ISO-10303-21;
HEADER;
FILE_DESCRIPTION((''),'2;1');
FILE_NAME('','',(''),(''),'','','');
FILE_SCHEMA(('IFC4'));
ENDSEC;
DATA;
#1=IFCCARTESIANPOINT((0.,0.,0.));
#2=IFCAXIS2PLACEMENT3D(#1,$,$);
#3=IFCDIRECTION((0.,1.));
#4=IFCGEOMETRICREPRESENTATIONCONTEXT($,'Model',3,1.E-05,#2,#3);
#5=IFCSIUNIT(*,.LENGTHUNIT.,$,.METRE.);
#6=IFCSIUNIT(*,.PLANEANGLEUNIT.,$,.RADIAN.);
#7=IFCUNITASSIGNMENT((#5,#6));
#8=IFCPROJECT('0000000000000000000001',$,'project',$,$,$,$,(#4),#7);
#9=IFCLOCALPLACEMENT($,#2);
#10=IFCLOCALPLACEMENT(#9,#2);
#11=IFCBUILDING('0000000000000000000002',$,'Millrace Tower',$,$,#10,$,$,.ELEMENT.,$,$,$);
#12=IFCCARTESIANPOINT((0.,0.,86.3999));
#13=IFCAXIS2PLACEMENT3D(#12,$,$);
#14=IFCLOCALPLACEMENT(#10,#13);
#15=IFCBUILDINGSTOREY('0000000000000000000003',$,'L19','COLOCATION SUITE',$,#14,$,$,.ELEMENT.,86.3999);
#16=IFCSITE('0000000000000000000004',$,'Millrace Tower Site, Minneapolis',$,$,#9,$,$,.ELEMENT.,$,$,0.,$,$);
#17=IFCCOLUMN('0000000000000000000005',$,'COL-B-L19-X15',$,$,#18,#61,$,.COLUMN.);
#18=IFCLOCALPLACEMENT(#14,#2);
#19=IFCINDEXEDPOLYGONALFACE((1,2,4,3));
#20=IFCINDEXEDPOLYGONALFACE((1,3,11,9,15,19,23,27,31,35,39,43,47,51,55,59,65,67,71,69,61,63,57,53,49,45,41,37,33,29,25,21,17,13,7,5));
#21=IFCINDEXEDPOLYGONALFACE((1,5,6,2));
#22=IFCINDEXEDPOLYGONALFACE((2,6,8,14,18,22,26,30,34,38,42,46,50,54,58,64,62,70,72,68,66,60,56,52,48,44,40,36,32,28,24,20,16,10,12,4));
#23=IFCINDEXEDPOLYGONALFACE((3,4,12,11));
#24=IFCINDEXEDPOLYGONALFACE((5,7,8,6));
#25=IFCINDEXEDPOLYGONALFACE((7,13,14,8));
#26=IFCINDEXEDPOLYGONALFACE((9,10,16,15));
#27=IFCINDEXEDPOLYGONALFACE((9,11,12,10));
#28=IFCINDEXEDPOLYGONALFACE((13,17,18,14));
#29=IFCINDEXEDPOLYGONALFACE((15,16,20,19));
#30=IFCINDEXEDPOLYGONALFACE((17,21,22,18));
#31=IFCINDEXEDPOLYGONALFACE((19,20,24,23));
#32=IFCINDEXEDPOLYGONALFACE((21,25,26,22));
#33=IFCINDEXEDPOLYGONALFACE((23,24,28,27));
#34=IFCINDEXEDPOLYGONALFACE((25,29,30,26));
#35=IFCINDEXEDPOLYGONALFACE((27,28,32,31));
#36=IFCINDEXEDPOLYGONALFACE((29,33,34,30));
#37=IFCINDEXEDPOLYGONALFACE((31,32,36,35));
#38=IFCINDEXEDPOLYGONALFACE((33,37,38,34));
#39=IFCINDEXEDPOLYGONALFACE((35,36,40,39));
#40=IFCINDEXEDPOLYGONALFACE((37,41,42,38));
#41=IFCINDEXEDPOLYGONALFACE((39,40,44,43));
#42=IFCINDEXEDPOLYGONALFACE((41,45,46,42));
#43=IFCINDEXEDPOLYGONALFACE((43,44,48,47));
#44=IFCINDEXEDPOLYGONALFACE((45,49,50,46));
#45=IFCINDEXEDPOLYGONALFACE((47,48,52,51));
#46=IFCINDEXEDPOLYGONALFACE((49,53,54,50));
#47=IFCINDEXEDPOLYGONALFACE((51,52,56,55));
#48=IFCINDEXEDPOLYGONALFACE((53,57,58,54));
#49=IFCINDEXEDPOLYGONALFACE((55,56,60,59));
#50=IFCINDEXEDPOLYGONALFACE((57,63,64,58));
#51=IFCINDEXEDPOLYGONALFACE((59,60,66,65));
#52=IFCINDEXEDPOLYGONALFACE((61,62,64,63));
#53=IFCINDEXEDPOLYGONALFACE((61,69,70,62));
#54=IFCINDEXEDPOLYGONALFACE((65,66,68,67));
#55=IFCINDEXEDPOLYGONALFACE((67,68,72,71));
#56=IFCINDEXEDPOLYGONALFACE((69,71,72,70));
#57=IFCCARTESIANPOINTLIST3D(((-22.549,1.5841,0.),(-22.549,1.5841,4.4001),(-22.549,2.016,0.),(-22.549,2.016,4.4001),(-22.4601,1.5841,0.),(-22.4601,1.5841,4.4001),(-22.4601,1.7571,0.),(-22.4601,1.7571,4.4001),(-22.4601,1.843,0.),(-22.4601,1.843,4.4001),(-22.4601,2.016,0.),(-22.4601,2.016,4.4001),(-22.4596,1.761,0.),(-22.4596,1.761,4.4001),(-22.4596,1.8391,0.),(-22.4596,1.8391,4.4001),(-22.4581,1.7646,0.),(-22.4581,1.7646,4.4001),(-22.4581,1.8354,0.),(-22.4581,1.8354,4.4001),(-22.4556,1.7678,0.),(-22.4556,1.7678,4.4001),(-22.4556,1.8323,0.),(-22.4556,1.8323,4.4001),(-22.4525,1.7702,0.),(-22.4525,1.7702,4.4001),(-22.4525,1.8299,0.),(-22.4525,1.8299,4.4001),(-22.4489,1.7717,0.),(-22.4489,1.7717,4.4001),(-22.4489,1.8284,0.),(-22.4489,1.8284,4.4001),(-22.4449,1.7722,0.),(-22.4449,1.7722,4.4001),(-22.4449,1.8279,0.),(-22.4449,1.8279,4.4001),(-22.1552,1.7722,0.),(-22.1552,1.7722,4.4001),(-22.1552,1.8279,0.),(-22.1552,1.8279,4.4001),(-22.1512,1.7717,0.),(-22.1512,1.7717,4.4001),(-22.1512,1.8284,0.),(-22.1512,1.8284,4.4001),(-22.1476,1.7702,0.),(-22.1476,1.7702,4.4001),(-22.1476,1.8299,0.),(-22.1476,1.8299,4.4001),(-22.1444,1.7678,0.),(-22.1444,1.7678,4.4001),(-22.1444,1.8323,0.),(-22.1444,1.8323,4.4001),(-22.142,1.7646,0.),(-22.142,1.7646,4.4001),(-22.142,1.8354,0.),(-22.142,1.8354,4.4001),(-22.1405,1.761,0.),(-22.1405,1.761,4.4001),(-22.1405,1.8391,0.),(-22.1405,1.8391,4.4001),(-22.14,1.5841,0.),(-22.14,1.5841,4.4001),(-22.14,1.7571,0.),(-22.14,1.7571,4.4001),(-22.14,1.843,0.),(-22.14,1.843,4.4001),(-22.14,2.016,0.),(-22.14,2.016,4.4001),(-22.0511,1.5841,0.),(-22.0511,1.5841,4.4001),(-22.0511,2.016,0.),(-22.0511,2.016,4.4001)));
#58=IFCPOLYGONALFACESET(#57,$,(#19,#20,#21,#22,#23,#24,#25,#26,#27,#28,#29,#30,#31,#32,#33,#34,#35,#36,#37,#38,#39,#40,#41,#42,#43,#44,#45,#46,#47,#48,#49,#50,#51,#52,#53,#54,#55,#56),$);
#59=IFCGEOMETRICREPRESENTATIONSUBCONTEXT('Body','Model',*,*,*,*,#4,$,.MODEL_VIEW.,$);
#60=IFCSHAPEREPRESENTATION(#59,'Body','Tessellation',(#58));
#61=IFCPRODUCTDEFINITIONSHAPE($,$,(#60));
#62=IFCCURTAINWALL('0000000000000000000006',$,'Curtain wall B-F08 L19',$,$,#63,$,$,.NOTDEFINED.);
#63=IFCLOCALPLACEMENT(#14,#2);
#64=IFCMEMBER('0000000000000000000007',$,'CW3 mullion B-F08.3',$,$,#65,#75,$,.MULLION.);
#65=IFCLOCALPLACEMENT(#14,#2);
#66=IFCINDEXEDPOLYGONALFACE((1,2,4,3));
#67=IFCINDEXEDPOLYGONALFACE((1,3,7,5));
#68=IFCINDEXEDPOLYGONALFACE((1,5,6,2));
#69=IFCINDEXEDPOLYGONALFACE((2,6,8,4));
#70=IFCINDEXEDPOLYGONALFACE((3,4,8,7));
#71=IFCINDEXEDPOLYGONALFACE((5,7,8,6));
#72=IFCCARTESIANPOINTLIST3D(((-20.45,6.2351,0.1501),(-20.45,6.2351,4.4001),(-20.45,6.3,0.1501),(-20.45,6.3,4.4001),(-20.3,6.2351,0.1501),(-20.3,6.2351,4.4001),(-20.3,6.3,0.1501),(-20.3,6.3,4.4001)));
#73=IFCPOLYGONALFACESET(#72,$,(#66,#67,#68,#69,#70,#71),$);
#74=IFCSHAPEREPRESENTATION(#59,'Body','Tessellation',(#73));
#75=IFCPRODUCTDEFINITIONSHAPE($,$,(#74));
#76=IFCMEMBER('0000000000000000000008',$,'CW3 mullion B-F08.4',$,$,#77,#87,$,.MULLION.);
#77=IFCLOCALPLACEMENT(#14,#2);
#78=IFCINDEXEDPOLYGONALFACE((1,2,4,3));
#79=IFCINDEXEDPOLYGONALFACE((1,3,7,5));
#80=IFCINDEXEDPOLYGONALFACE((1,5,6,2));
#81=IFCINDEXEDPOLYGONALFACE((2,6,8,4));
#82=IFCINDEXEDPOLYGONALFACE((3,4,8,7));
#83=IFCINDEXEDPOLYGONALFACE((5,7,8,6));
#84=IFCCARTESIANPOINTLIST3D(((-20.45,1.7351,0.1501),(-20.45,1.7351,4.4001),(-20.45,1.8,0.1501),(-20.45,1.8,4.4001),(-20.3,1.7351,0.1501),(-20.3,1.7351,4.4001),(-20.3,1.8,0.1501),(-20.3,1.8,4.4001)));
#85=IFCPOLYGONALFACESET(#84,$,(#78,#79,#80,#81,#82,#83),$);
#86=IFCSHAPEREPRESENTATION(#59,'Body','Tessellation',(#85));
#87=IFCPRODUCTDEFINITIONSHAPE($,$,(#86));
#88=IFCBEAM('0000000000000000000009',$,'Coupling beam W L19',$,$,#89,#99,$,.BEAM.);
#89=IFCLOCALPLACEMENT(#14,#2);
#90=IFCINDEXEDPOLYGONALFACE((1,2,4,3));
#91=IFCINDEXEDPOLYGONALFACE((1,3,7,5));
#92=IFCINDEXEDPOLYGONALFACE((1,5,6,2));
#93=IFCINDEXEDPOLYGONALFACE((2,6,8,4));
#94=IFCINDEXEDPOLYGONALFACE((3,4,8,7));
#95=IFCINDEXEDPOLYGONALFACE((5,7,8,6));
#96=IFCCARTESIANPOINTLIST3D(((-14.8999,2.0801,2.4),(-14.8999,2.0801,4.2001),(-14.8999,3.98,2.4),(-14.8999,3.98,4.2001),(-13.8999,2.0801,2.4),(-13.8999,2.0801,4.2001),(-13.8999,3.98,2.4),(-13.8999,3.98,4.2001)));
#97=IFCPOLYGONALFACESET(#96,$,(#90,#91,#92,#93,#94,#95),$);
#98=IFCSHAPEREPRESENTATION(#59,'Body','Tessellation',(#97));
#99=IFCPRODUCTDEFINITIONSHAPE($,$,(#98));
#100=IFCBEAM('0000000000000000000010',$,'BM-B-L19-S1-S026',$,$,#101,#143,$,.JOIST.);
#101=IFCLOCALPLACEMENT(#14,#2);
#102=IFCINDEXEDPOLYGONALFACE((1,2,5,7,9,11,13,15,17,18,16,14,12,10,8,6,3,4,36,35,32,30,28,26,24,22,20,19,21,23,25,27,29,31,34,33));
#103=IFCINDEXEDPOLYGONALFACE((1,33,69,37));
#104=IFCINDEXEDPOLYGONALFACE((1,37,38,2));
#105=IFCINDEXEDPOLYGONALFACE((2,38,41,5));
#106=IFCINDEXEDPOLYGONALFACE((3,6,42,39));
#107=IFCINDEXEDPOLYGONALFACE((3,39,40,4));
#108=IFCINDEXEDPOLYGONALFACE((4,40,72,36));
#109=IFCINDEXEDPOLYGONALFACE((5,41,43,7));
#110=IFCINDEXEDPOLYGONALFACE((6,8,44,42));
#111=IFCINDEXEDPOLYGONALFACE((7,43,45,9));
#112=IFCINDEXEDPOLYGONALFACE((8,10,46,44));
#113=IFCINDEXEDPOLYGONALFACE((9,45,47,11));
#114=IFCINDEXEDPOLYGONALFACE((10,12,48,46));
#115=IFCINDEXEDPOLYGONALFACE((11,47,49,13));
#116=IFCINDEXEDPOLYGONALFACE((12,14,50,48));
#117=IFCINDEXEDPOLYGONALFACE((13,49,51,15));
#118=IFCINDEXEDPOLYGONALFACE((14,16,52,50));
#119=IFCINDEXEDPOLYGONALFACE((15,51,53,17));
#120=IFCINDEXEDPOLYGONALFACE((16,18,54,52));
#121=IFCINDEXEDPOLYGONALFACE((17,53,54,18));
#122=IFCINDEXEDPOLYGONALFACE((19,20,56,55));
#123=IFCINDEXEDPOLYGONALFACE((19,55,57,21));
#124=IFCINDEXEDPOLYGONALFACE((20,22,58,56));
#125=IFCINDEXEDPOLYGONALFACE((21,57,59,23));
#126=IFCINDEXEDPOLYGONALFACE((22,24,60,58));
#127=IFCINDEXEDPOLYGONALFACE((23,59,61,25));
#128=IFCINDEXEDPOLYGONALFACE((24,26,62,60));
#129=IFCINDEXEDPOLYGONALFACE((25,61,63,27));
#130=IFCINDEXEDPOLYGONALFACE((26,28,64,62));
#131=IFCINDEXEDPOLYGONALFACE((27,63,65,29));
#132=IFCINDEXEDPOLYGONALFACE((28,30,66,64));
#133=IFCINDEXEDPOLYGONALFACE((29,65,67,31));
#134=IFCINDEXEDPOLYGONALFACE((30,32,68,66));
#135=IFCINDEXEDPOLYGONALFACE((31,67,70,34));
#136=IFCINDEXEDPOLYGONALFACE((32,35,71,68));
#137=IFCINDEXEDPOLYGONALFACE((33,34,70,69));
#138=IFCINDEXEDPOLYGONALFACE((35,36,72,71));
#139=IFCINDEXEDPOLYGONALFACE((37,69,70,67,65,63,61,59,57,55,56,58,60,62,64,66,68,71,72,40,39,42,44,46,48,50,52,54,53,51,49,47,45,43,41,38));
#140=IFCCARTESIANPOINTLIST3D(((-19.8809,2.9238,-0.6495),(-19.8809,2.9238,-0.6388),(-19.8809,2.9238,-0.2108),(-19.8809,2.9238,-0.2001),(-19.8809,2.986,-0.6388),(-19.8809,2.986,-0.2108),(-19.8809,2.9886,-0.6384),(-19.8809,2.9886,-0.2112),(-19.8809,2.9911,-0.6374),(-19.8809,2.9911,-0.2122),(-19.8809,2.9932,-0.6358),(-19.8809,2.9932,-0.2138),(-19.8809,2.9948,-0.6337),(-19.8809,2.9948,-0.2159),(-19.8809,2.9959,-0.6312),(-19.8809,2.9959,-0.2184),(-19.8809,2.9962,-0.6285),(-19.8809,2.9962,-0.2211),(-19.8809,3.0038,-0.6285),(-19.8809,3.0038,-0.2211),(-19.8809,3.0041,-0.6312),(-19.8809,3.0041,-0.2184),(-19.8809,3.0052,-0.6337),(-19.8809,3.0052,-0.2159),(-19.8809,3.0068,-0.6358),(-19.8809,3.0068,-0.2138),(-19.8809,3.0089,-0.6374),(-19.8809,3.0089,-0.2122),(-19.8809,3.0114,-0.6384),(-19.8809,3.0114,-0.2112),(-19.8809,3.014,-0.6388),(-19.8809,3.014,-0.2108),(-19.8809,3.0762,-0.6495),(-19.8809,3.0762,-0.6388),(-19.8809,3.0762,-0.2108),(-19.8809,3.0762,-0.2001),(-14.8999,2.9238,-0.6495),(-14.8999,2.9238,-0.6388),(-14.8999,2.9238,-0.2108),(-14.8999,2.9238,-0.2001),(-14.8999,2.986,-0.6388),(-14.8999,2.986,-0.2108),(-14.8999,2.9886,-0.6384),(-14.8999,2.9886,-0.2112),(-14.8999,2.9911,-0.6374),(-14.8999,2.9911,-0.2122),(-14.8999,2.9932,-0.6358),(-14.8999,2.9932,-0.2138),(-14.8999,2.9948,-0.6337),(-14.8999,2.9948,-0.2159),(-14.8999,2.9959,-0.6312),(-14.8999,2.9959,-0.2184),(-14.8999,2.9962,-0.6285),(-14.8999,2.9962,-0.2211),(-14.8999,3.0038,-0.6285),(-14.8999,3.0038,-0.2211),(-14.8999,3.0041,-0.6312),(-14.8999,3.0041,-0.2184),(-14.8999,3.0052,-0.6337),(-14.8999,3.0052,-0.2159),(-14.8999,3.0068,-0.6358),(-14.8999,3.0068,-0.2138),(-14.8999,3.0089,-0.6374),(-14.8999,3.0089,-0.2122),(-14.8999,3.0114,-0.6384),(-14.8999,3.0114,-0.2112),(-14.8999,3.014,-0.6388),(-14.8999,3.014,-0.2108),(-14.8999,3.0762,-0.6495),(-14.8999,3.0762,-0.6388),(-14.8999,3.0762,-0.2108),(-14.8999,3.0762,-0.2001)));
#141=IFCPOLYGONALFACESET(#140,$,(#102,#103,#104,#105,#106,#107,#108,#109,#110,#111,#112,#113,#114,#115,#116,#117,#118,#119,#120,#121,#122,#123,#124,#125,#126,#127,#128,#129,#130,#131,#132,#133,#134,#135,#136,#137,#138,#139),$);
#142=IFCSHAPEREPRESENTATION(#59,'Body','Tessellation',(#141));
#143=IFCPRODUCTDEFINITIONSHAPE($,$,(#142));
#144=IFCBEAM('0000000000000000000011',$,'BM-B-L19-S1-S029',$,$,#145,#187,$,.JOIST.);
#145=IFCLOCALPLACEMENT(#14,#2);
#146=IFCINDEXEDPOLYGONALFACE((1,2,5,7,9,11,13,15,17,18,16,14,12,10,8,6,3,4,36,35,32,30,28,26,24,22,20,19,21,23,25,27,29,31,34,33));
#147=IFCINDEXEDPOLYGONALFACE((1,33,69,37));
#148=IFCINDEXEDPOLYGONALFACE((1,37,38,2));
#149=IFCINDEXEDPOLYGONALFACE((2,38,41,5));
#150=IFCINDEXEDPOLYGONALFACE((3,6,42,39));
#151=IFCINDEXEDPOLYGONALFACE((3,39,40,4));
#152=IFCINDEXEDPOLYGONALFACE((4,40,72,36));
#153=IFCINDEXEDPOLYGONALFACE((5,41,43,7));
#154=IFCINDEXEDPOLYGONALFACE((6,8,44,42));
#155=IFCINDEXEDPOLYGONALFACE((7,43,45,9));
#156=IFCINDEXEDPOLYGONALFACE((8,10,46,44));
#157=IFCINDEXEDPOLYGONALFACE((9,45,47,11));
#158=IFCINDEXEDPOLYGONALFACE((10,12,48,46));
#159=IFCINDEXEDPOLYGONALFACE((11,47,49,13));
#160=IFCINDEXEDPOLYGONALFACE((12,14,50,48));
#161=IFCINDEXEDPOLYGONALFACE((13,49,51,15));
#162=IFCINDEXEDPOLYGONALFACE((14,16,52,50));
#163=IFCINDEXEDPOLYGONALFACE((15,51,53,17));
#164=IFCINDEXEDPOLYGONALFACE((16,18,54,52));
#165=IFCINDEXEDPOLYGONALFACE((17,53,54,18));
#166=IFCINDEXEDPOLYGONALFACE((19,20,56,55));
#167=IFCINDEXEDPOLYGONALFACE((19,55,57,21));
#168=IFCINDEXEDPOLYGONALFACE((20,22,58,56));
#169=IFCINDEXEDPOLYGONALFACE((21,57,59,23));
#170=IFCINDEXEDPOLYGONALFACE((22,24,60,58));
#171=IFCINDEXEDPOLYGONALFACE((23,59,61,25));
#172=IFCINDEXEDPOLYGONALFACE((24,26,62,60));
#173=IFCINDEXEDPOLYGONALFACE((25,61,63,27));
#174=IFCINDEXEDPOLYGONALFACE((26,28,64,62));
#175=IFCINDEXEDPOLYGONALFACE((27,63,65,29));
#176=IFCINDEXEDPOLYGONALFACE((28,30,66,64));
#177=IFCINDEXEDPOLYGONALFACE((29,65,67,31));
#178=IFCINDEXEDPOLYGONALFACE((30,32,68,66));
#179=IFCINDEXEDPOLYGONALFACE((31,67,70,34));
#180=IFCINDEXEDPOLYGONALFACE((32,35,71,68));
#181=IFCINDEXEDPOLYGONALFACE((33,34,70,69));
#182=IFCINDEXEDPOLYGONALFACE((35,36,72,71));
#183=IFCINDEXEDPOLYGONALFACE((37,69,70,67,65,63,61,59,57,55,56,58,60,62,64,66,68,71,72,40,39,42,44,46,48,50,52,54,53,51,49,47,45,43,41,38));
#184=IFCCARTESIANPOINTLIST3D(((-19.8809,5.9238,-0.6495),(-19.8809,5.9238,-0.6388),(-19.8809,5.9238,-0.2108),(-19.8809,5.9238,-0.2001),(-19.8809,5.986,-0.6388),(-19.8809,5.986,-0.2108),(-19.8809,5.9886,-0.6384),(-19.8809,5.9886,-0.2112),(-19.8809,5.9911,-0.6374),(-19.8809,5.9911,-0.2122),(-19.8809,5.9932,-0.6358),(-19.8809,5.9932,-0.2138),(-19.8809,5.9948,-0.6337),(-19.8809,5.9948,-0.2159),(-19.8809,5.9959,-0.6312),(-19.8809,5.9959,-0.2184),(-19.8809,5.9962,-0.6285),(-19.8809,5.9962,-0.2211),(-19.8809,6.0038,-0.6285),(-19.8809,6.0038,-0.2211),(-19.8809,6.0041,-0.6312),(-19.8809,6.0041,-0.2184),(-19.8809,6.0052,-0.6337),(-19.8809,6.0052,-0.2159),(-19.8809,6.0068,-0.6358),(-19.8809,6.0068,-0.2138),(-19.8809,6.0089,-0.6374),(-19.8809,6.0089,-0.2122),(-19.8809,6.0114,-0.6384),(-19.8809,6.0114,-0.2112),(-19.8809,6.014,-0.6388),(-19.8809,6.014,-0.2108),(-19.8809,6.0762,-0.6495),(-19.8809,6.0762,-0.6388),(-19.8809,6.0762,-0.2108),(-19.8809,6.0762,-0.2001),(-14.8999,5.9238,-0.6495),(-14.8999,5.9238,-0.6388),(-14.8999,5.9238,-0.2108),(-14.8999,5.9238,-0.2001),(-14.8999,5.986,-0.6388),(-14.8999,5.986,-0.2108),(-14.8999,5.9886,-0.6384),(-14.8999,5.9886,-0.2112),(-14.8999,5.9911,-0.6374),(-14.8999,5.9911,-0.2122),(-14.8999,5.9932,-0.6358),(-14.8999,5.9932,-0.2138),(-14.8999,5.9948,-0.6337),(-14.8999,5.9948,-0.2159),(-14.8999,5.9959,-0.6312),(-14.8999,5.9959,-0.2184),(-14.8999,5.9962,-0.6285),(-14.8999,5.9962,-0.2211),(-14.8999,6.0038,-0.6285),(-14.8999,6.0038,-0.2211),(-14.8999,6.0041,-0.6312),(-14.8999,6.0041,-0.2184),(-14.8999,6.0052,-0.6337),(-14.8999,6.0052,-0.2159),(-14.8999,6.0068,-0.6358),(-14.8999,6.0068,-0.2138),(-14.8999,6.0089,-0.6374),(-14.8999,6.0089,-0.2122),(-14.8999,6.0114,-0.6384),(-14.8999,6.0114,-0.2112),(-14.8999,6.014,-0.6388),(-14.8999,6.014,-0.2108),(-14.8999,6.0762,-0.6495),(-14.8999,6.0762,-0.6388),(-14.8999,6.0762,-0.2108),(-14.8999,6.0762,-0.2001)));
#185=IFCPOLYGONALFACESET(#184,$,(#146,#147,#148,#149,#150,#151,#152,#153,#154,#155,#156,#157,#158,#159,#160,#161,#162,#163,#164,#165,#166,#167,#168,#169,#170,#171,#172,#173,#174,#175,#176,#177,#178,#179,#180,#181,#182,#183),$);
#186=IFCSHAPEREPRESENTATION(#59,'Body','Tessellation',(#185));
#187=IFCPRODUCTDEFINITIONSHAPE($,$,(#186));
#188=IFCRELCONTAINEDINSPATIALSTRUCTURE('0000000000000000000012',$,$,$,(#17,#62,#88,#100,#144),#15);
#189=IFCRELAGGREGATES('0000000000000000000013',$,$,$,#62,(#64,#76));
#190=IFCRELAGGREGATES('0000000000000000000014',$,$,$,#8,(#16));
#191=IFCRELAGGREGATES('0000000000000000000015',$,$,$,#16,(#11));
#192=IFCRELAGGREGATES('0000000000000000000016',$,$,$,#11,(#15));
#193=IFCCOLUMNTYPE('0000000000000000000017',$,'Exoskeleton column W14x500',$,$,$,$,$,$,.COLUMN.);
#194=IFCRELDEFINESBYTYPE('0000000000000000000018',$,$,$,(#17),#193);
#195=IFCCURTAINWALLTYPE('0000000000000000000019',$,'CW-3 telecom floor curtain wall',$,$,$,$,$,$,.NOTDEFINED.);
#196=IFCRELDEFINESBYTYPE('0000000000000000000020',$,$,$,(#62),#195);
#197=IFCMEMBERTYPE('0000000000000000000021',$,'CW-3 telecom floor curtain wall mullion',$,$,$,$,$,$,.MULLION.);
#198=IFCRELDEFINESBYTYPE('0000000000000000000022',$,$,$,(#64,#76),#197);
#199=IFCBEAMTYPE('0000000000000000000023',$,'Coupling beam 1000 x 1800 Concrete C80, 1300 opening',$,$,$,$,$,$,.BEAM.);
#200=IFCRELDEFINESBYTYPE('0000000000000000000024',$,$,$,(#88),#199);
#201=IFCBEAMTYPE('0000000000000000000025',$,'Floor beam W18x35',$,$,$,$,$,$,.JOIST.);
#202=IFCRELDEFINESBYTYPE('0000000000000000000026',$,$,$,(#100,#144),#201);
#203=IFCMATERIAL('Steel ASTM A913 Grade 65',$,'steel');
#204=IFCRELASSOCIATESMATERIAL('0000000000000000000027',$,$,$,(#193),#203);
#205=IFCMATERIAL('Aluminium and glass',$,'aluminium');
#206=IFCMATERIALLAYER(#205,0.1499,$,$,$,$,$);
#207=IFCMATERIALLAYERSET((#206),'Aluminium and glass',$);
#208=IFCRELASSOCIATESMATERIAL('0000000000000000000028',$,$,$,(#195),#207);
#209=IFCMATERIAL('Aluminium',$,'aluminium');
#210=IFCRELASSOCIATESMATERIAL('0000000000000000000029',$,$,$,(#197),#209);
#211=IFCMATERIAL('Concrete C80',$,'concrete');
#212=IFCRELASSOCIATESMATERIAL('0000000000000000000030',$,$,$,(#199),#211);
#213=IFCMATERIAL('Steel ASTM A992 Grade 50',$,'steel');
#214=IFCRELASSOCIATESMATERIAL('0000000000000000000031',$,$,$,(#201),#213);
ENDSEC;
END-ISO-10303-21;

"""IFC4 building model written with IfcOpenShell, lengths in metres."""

from ifc_helpers import new_model, si_unit, direction, frame, origin, origin_2d, place, context, subcontext, project, spatial, rectangle, i_section, extrude, material, layer, layer_set, material_profile, profile_set, type_object, element, aggregate, save


model = new_model("IFC4")

# Units and contexts
model_context = context("Model", 3, precision=1e-05, world=origin(), true_north=direction((0.0, 1.0)))
body_context = subcontext(model_context, "Body", "Model", "MODEL_VIEW")
ifc_project = project(units=[si_unit("LENGTHUNIT", "METRE"), si_unit("PLANEANGLEUNIT", "RADIAN")], contexts=[model_context])

# Site, building, storey
site_placement = place(None, origin())
site = spatial("IfcSite", under=ifc_project, at=site_placement, Name="Millrace Tower Site, Minneapolis", CompositionType="ELEMENT", RefElevation=0.0)
building_placement = place(site_placement, origin())
building = spatial("IfcBuilding", under=site, at=building_placement, Name="Millrace Tower", CompositionType="ELEMENT")
storey_placement = place(building_placement, frame((0.0, 0.0, 86.3999)))
storey = spatial("IfcBuildingStorey", under=building, at=storey_placement, Name="L19", Description="COLOCATION SUITE", CompositionType="ELEMENT", Elevation=86.3999)

# Column
ifc_material_1 = material(Name="Steel ASTM A913 Grade 65", Category="steel")
ifc_material_profile_1 = material_profile(ifc_material_1, i_section(OverallWidth=0.4319, OverallDepth=0.4978, WebThickness=0.0557, FlangeThickness=0.0889, FilletRadius=0.0151, at=origin_2d()))
ifc_profile_set_1 = profile_set([ifc_material_profile_1], Name="Steel ASTM A913 Grade 65")
column_type = type_object("IfcColumnType", Name="Exoskeleton column W14x500", PredefinedType="COLUMN", material=ifc_profile_set_1)
column_placement = place(storey_placement, frame((-22.3, 1.8, 0.0), z_axis=(0.0, 0.0, 1.0), x_axis=(0.0, -1.0, 0.0)))
element("IfcColumn", 1, at=column_placement, inside=storey, type_object=column_type, Name="COL-B-L19-X15", PredefinedType="COLUMN", context=body_context, shape_type="SweptSolid", body=[
    extrude(i_section(OverallWidth=0.4319, OverallDepth=0.4978, WebThickness=0.0557, FlangeThickness=0.0889, FilletRadius=0.0151, at=origin_2d()), origin(), (0.0, 0.0, 1.0), 4.4001),
])

# Curtain wall, members
ifc_material_2 = material(Name="Aluminium and glass", Category="aluminium")
ifc_layer_1 = layer(ifc_material_2, 0.1499)
ifc_layer_set_1 = layer_set([ifc_layer_1], Name="Aluminium and glass")
curtain_wall_type = type_object("IfcCurtainWallType", Name="CW-3 telecom floor curtain wall", PredefinedType="NOTDEFINED", material=ifc_layer_set_1)
placement = place(storey_placement, origin())
curtain_wall = element("IfcCurtainWall", 2, at=placement, inside=storey, type_object=curtain_wall_type, Name="Curtain wall B-F08 L19", PredefinedType="NOTDEFINED")
ifc_material_3 = material(Name="Aluminium", Category="aluminium")
ifc_material_profile_2 = material_profile(ifc_material_3, rectangle(XDim=0.0649, YDim=0.1499, at=origin_2d()))
ifc_profile_set_2 = profile_set([ifc_material_profile_2], Name="Aluminium")
member_type = type_object("IfcMemberType", Name="CW-3 telecom floor curtain wall mullion", PredefinedType="MULLION", material=ifc_profile_set_2)
member_1_placement = place(storey_placement, frame((-20.375, 6.2676, 0.1501), z_axis=(0.0, 0.0, 1.0), x_axis=(0.0, -1.0, 0.0)))
member_1 = element("IfcMember", 3, at=member_1_placement, type_object=member_type, Name="CW3 mullion B-F08.3", PredefinedType="MULLION", context=body_context, shape_type="SweptSolid", body=[
    extrude(rectangle(XDim=0.0649, YDim=0.1499, at=origin_2d()), origin(), (0.0, 0.0, 1.0), 4.25),
])
member_2_placement = place(storey_placement, frame((-20.375, 1.7676, 0.1501), z_axis=(0.0, 0.0, 1.0), x_axis=(0.0, -1.0, 0.0)))
member_2 = element("IfcMember", 4, at=member_2_placement, type_object=member_type, Name="CW3 mullion B-F08.4", PredefinedType="MULLION", context=body_context, shape_type="SweptSolid", body=[
    extrude(rectangle(XDim=0.0649, YDim=0.1499, at=origin_2d()), origin(), (0.0, 0.0, 1.0), 4.25),
])
aggregate(curtain_wall, [member_1, member_2])

# Beams
ifc_material_4 = material(Name="Concrete C80", Category="concrete")
ifc_material_profile_3 = material_profile(ifc_material_4, rectangle(XDim=1.0, YDim=1.8, at=origin_2d()))
ifc_profile_set_3 = profile_set([ifc_material_profile_3], Name="Concrete C80")
beam_type_1 = type_object("IfcBeamType", Name="Coupling beam 1000 x 1800 Concrete C80, 1300 opening", PredefinedType="BEAM", material=ifc_profile_set_3)
beam_1_placement = place(storey_placement, frame((-14.3999, 2.0801, 3.3), z_axis=(0.0, 1.0, 0.0), x_axis=(-1.0, 0.0, 0.0)))
element("IfcBeam", 5, at=beam_1_placement, inside=storey, type_object=beam_type_1, Name="Coupling beam W L19", PredefinedType="BEAM", context=body_context, shape_type="SweptSolid", body=[
    extrude(rectangle(XDim=1.0, YDim=1.8, at=origin_2d()), origin(), (0.0, 0.0, 1.0), 1.8999),
])
ifc_material_5 = material(Name="Steel ASTM A992 Grade 50", Category="steel")
ifc_material_profile_4 = material_profile(ifc_material_5, i_section(OverallWidth=0.1523, OverallDepth=0.4495, WebThickness=0.0076, FlangeThickness=0.0107, FilletRadius=0.0103, at=origin_2d()))
ifc_profile_set_4 = profile_set([ifc_material_profile_4], Name="Steel ASTM A992 Grade 50")
beam_type_2 = type_object("IfcBeamType", Name="Floor beam W18x35", PredefinedType="JOIST", material=ifc_profile_set_4)
for number, where, z_axis, x_axis, name in (
    (6, (-19.8809, 3.0, -0.4248), (1.0, 0.0, 0.0), (0.0, 1.0, 0.0), "BM-B-L19-S1-S026"),
    (7, (-19.8809, 6.0, -0.4248), (1.0, 0.0, 0.0), (0.0, 1.0, 0.0), "BM-B-L19-S1-S029"),
):
    element("IfcBeam", number, at=place(storey_placement, frame(where, z_axis=z_axis, x_axis=x_axis)), inside=storey, type_object=beam_type_2, Name=name, PredefinedType="JOIST", context=body_context, shape_type="SweptSolid", body=[
        extrude(i_section(OverallWidth=0.1523, OverallDepth=0.4495, WebThickness=0.0076, FlangeThickness=0.0107, FilletRadius=0.0103, at=origin_2d()), origin(), (0.0, 0.0, 1.0), 4.981),
    ])

save(model, "model.ifc")
